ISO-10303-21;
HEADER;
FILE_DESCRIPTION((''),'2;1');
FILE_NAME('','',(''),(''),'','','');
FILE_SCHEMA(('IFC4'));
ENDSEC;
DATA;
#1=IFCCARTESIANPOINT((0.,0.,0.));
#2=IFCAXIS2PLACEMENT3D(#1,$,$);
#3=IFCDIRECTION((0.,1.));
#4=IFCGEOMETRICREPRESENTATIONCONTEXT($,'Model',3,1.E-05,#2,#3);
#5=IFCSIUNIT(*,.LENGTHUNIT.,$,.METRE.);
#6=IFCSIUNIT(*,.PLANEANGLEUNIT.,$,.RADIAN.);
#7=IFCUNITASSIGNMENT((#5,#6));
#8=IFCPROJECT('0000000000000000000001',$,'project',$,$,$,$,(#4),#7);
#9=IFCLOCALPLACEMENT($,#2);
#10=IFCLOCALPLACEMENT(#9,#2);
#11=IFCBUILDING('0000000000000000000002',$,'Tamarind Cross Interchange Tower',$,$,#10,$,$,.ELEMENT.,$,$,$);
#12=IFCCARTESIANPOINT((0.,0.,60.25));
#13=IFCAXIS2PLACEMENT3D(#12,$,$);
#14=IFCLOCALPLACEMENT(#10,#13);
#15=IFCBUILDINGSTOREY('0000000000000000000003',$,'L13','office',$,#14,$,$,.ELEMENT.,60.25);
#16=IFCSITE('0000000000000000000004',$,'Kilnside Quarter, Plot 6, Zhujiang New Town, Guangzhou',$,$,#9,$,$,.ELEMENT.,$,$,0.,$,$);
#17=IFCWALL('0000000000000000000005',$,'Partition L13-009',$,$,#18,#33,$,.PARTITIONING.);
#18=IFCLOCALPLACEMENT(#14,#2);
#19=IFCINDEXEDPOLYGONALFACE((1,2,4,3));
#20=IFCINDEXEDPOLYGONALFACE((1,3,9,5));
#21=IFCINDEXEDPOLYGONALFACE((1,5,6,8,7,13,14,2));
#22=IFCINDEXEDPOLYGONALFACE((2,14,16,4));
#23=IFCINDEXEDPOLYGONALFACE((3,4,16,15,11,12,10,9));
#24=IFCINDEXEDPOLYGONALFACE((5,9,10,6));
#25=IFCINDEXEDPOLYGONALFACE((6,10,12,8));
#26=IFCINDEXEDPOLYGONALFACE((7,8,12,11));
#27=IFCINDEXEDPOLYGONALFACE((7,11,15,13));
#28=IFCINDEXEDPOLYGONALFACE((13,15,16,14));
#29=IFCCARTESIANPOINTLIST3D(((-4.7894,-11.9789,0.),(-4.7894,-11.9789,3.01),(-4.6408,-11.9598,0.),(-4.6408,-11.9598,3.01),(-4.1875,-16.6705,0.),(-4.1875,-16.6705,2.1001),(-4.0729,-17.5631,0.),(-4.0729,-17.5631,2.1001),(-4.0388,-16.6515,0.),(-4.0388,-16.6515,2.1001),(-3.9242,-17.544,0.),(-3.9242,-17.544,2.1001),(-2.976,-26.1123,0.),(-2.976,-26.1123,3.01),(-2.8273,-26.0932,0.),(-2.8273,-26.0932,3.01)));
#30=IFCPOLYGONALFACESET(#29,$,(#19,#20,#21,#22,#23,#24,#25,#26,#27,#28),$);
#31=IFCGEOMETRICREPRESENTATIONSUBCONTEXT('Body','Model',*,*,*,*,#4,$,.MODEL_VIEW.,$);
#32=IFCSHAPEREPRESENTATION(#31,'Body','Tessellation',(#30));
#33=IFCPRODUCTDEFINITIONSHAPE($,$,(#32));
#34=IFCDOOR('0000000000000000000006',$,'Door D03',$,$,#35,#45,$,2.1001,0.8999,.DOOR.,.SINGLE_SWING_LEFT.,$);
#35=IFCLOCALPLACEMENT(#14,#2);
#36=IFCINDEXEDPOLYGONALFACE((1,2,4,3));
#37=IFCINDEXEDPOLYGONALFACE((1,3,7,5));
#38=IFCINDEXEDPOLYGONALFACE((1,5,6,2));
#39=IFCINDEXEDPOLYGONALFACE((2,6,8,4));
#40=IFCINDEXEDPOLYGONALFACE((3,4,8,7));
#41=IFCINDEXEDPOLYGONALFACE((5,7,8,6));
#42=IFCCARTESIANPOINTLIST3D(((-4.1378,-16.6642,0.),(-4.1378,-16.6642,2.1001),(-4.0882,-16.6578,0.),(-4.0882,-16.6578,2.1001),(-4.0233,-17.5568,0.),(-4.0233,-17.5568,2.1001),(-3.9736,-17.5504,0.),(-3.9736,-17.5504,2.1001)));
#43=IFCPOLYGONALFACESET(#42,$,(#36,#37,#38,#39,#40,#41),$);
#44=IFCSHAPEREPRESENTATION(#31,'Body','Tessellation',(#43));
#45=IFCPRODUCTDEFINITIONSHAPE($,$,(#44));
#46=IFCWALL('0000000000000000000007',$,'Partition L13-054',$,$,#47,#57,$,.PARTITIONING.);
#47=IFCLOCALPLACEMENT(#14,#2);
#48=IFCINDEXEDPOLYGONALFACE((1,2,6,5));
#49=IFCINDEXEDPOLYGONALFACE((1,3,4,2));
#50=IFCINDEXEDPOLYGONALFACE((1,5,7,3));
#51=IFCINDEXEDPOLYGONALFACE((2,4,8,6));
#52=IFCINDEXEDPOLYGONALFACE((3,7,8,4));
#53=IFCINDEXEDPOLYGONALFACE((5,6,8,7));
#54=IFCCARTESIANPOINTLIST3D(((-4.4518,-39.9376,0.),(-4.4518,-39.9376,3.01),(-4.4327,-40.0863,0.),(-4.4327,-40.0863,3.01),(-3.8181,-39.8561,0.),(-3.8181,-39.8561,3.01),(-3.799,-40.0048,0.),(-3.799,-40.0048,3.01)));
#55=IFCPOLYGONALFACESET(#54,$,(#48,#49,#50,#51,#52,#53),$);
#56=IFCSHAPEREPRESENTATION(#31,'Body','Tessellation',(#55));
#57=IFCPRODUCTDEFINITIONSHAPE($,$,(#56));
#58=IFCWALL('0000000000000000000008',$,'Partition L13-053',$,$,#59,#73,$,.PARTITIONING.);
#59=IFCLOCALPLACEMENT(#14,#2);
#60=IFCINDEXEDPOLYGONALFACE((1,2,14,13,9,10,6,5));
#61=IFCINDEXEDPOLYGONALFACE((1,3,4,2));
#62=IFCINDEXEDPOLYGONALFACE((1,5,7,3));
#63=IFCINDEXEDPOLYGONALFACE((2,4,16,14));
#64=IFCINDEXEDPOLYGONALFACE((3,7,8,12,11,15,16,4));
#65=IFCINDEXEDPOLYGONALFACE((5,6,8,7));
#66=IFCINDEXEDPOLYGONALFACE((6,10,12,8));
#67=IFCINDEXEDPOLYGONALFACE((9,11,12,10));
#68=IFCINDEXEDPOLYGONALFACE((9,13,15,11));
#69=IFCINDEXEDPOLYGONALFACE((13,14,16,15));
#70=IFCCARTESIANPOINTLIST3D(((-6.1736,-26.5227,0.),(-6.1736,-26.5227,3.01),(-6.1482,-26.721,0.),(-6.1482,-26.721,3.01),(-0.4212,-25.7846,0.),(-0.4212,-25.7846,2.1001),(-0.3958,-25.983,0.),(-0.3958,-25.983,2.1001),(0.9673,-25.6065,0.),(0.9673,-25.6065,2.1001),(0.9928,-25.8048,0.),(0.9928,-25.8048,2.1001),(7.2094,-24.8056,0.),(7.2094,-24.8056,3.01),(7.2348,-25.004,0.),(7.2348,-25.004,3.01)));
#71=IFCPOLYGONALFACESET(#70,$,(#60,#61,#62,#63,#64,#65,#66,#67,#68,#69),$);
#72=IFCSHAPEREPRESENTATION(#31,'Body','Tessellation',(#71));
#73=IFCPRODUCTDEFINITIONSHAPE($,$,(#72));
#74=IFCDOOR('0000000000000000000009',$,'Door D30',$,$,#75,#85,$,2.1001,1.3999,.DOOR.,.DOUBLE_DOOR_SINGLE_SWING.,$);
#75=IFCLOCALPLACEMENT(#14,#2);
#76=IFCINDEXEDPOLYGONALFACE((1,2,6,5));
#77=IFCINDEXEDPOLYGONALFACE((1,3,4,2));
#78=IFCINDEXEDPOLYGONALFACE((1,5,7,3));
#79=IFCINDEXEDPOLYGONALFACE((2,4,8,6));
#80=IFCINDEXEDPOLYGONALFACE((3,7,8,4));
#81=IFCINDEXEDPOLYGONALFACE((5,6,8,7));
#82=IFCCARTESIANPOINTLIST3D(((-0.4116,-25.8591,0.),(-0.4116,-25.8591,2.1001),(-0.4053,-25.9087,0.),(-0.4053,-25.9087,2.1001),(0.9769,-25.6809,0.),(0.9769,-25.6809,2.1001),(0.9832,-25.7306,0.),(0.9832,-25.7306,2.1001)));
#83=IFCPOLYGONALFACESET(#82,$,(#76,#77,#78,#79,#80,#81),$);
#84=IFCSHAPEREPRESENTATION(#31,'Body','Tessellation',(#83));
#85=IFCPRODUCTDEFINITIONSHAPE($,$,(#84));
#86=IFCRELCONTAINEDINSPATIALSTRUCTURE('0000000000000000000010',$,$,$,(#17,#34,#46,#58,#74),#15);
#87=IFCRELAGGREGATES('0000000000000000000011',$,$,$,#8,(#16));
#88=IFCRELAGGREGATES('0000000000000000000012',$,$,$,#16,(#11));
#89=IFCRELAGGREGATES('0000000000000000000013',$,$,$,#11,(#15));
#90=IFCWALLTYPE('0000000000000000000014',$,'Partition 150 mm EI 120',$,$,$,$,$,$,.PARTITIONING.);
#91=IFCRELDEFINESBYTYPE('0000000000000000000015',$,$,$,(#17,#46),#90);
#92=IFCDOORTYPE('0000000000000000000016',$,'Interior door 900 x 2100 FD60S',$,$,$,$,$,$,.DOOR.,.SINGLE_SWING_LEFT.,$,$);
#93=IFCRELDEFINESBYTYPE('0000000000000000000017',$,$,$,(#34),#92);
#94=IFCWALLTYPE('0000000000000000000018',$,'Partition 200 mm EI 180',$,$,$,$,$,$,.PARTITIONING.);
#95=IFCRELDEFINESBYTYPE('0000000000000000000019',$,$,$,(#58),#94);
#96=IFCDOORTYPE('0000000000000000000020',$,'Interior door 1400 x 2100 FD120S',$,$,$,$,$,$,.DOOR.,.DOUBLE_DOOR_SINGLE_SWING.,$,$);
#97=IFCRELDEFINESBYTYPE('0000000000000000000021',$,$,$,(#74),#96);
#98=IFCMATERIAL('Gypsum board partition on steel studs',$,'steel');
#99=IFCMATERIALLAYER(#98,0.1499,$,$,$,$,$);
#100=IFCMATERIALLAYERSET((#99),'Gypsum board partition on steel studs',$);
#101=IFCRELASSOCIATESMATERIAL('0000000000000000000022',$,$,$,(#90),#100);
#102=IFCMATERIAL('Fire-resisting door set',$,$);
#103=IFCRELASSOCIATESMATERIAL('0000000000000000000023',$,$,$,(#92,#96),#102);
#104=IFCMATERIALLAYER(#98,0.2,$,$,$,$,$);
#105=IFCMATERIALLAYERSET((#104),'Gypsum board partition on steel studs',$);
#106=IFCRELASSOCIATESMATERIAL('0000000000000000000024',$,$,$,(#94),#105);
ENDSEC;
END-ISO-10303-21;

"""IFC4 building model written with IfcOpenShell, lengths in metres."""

from ifc_helpers import new_model, si_unit, direction, frame, frame_2d, origin, place, context, subcontext, project, spatial, rectangle, extrude, material, layer, layer_set, type_object, element, fill, save


model = new_model("IFC4")

# Units and contexts
model_context = context("Model", 3, precision=1e-05, world=origin(), true_north=direction((0.0, 1.0)))
body_context = subcontext(model_context, "Body", "Model", "MODEL_VIEW")
ifc_project = project(units=[si_unit("LENGTHUNIT", "METRE"), si_unit("PLANEANGLEUNIT", "RADIAN")], contexts=[model_context])

# Site, building, storey
site_placement = place(None, origin())
site = spatial("IfcSite", under=ifc_project, at=site_placement, Name="Kilnside Quarter, Plot 6, Zhujiang New Town, Guangzhou", CompositionType="ELEMENT", RefElevation=0.0)
building_placement = place(site_placement, origin())
building = spatial("IfcBuilding", under=site, at=building_placement, Name="Tamarind Cross Interchange Tower", CompositionType="ELEMENT")
storey_placement = place(building_placement, frame((0.0, 0.0, 60.25)))
storey = spatial("IfcBuildingStorey", under=building, at=storey_placement, Name="L13", Description="office", CompositionType="ELEMENT", Elevation=60.25)

# Shared definitions
ifc_material_1 = material(Name="Gypsum board partition on steel studs", Category="steel")

# Wall, opening, door
ifc_layer_1 = layer(ifc_material_1, 0.1499)
ifc_layer_set_1 = layer_set([ifc_layer_1], Name="Gypsum board partition on steel studs")
wall_type_1 = type_object("IfcWallType", Name="Partition 150 mm EI 120", PredefinedType="PARTITIONING", material=ifc_layer_set_1)
wall_1_placement = place(storey_placement, frame((-4.7151, -11.9695, 0.0), z_axis=(0.0, 0.0, 1.0), x_axis=(0.127269, -0.991868, 0.0)))
wall_1 = element("IfcWall", 1, at=wall_1_placement, inside=storey, type_object=wall_type_1, Name="Partition L13-009", PredefinedType="PARTITIONING", context=body_context, shape_type="SweptSolid", body=[
    extrude(rectangle(XDim=14.2493, YDim=0.1499, at=frame_2d((7.1245, 0.0))), origin(), (0.0, 0.0, 1.0), 3.01),
])
opening_1_placement = place(wall_1_placement, frame((4.73, 0.0, 0.0)))
opening_1 = element("IfcOpeningElement", 2, at=opening_1_placement, cuts=wall_1, PredefinedType="OPENING", context=body_context, shape_type="SweptSolid", body=[
    extrude(rectangle(XDim=0.8999, YDim=2.1001, at=frame_2d((0.45, 1.05))), frame((0.0, 0.085, 0.0), z_axis=(0.0, -1.0, 0.0), x_axis=(1.0, 0.0, 0.0)), (0.0, 0.0, 1.0), 0.1699),
])
ifc_material_2 = material(Name="Fire-resisting door set")
door_type_1 = type_object("IfcDoorType", Name="Interior door 900 x 2100 FD60S", OperationType="SINGLE_SWING_LEFT", PredefinedType="DOOR", material=ifc_material_2)
door_1_placement = place(opening_1_placement, frame((0.8999, 0.0, 0.0), z_axis=(0.0, 0.0, 1.0), x_axis=(-1.0, 0.0, 0.0)))
door_1 = element("IfcDoor", 3, at=door_1_placement, inside=storey, type_object=door_type_1, Name="Door D03", OperationType="SINGLE_SWING_LEFT", OverallHeight=2.1001, OverallWidth=0.8999, PredefinedType="DOOR", context=body_context, shape_type="SweptSolid", body=[
    extrude(rectangle(XDim=0.8999, YDim=2.1001, at=frame_2d((0.45, 1.05))), frame((0.0, 0.0249, 0.0), z_axis=(0.0, -1.0, 0.0), x_axis=(1.0, 0.0, 0.0)), (0.0, 0.0, 1.0), 0.05),
])
fill(opening_1, door_1)

# Wall
wall_2_placement = place(storey_placement, frame((-4.4421, -40.012, 0.0), z_axis=(0.0, 0.0, 1.0), x_axis=(0.991825, 0.127608, 0.0)))
element("IfcWall", 4, at=wall_2_placement, inside=storey, type_object=wall_type_1, Name="Partition L13-054", PredefinedType="PARTITIONING", context=body_context, shape_type="SweptSolid", body=[
    extrude(rectangle(XDim=0.6389, YDim=0.1499, at=frame_2d((0.3193, 0.0))), origin(), (0.0, 0.0, 1.0), 3.01),
])

# Wall, opening, door
ifc_layer_2 = layer(ifc_material_1, 0.2)
ifc_layer_set_2 = layer_set([ifc_layer_2], Name="Gypsum board partition on steel studs")
wall_type_2 = type_object("IfcWallType", Name="Partition 200 mm EI 180", PredefinedType="PARTITIONING", material=ifc_layer_set_2)
wall_3_placement = place(storey_placement, frame((-6.1609, -26.6218, 0.0), z_axis=(0.0, 0.0, 1.0), x_axis=(0.99187, 0.127257, 0.0)))
wall_3 = element("IfcWall", 5, at=wall_3_placement, inside=storey, type_object=wall_type_2, Name="Partition L13-053", PredefinedType="PARTITIONING", context=body_context, shape_type="SweptSolid", body=[
    extrude(rectangle(XDim=13.4927, YDim=0.2, at=frame_2d((6.7463, 0.0))), origin(), (0.0, 0.0, 1.0), 3.01),
])
opening_2_placement = place(wall_3_placement, frame((5.7996, 0.0, 0.0)))
opening_2 = element("IfcOpeningElement", 6, at=opening_2_placement, cuts=wall_3, PredefinedType="OPENING", context=body_context, shape_type="SweptSolid", body=[
    extrude(rectangle(XDim=1.3999, YDim=2.1001, at=frame_2d((0.7, 1.05))), frame((0.0, 0.1099, 0.0), z_axis=(0.0, -1.0, 0.0), x_axis=(1.0, 0.0, 0.0)), (0.0, 0.0, 1.0), 0.22),
])
door_type_2 = type_object("IfcDoorType", Name="Interior door 1400 x 2100 FD120S", OperationType="DOUBLE_DOOR_SINGLE_SWING", PredefinedType="DOOR", material=ifc_material_2)
door_2_placement = place(opening_2_placement, origin())
door_2 = element("IfcDoor", 7, at=door_2_placement, inside=storey, type_object=door_type_2, Name="Door D30", OperationType="DOUBLE_DOOR_SINGLE_SWING", OverallHeight=2.1001, OverallWidth=1.3999, PredefinedType="DOOR", context=body_context, shape_type="SweptSolid", body=[
    extrude(rectangle(XDim=1.3999, YDim=2.1001, at=frame_2d((0.7, 1.05))), frame((0.0, 0.0249, 0.0), z_axis=(0.0, -1.0, 0.0), x_axis=(1.0, 0.0, 0.0)), (0.0, 0.0, 1.0), 0.05),
])
fill(opening_2, door_2)

save(model, "model.ifc")
